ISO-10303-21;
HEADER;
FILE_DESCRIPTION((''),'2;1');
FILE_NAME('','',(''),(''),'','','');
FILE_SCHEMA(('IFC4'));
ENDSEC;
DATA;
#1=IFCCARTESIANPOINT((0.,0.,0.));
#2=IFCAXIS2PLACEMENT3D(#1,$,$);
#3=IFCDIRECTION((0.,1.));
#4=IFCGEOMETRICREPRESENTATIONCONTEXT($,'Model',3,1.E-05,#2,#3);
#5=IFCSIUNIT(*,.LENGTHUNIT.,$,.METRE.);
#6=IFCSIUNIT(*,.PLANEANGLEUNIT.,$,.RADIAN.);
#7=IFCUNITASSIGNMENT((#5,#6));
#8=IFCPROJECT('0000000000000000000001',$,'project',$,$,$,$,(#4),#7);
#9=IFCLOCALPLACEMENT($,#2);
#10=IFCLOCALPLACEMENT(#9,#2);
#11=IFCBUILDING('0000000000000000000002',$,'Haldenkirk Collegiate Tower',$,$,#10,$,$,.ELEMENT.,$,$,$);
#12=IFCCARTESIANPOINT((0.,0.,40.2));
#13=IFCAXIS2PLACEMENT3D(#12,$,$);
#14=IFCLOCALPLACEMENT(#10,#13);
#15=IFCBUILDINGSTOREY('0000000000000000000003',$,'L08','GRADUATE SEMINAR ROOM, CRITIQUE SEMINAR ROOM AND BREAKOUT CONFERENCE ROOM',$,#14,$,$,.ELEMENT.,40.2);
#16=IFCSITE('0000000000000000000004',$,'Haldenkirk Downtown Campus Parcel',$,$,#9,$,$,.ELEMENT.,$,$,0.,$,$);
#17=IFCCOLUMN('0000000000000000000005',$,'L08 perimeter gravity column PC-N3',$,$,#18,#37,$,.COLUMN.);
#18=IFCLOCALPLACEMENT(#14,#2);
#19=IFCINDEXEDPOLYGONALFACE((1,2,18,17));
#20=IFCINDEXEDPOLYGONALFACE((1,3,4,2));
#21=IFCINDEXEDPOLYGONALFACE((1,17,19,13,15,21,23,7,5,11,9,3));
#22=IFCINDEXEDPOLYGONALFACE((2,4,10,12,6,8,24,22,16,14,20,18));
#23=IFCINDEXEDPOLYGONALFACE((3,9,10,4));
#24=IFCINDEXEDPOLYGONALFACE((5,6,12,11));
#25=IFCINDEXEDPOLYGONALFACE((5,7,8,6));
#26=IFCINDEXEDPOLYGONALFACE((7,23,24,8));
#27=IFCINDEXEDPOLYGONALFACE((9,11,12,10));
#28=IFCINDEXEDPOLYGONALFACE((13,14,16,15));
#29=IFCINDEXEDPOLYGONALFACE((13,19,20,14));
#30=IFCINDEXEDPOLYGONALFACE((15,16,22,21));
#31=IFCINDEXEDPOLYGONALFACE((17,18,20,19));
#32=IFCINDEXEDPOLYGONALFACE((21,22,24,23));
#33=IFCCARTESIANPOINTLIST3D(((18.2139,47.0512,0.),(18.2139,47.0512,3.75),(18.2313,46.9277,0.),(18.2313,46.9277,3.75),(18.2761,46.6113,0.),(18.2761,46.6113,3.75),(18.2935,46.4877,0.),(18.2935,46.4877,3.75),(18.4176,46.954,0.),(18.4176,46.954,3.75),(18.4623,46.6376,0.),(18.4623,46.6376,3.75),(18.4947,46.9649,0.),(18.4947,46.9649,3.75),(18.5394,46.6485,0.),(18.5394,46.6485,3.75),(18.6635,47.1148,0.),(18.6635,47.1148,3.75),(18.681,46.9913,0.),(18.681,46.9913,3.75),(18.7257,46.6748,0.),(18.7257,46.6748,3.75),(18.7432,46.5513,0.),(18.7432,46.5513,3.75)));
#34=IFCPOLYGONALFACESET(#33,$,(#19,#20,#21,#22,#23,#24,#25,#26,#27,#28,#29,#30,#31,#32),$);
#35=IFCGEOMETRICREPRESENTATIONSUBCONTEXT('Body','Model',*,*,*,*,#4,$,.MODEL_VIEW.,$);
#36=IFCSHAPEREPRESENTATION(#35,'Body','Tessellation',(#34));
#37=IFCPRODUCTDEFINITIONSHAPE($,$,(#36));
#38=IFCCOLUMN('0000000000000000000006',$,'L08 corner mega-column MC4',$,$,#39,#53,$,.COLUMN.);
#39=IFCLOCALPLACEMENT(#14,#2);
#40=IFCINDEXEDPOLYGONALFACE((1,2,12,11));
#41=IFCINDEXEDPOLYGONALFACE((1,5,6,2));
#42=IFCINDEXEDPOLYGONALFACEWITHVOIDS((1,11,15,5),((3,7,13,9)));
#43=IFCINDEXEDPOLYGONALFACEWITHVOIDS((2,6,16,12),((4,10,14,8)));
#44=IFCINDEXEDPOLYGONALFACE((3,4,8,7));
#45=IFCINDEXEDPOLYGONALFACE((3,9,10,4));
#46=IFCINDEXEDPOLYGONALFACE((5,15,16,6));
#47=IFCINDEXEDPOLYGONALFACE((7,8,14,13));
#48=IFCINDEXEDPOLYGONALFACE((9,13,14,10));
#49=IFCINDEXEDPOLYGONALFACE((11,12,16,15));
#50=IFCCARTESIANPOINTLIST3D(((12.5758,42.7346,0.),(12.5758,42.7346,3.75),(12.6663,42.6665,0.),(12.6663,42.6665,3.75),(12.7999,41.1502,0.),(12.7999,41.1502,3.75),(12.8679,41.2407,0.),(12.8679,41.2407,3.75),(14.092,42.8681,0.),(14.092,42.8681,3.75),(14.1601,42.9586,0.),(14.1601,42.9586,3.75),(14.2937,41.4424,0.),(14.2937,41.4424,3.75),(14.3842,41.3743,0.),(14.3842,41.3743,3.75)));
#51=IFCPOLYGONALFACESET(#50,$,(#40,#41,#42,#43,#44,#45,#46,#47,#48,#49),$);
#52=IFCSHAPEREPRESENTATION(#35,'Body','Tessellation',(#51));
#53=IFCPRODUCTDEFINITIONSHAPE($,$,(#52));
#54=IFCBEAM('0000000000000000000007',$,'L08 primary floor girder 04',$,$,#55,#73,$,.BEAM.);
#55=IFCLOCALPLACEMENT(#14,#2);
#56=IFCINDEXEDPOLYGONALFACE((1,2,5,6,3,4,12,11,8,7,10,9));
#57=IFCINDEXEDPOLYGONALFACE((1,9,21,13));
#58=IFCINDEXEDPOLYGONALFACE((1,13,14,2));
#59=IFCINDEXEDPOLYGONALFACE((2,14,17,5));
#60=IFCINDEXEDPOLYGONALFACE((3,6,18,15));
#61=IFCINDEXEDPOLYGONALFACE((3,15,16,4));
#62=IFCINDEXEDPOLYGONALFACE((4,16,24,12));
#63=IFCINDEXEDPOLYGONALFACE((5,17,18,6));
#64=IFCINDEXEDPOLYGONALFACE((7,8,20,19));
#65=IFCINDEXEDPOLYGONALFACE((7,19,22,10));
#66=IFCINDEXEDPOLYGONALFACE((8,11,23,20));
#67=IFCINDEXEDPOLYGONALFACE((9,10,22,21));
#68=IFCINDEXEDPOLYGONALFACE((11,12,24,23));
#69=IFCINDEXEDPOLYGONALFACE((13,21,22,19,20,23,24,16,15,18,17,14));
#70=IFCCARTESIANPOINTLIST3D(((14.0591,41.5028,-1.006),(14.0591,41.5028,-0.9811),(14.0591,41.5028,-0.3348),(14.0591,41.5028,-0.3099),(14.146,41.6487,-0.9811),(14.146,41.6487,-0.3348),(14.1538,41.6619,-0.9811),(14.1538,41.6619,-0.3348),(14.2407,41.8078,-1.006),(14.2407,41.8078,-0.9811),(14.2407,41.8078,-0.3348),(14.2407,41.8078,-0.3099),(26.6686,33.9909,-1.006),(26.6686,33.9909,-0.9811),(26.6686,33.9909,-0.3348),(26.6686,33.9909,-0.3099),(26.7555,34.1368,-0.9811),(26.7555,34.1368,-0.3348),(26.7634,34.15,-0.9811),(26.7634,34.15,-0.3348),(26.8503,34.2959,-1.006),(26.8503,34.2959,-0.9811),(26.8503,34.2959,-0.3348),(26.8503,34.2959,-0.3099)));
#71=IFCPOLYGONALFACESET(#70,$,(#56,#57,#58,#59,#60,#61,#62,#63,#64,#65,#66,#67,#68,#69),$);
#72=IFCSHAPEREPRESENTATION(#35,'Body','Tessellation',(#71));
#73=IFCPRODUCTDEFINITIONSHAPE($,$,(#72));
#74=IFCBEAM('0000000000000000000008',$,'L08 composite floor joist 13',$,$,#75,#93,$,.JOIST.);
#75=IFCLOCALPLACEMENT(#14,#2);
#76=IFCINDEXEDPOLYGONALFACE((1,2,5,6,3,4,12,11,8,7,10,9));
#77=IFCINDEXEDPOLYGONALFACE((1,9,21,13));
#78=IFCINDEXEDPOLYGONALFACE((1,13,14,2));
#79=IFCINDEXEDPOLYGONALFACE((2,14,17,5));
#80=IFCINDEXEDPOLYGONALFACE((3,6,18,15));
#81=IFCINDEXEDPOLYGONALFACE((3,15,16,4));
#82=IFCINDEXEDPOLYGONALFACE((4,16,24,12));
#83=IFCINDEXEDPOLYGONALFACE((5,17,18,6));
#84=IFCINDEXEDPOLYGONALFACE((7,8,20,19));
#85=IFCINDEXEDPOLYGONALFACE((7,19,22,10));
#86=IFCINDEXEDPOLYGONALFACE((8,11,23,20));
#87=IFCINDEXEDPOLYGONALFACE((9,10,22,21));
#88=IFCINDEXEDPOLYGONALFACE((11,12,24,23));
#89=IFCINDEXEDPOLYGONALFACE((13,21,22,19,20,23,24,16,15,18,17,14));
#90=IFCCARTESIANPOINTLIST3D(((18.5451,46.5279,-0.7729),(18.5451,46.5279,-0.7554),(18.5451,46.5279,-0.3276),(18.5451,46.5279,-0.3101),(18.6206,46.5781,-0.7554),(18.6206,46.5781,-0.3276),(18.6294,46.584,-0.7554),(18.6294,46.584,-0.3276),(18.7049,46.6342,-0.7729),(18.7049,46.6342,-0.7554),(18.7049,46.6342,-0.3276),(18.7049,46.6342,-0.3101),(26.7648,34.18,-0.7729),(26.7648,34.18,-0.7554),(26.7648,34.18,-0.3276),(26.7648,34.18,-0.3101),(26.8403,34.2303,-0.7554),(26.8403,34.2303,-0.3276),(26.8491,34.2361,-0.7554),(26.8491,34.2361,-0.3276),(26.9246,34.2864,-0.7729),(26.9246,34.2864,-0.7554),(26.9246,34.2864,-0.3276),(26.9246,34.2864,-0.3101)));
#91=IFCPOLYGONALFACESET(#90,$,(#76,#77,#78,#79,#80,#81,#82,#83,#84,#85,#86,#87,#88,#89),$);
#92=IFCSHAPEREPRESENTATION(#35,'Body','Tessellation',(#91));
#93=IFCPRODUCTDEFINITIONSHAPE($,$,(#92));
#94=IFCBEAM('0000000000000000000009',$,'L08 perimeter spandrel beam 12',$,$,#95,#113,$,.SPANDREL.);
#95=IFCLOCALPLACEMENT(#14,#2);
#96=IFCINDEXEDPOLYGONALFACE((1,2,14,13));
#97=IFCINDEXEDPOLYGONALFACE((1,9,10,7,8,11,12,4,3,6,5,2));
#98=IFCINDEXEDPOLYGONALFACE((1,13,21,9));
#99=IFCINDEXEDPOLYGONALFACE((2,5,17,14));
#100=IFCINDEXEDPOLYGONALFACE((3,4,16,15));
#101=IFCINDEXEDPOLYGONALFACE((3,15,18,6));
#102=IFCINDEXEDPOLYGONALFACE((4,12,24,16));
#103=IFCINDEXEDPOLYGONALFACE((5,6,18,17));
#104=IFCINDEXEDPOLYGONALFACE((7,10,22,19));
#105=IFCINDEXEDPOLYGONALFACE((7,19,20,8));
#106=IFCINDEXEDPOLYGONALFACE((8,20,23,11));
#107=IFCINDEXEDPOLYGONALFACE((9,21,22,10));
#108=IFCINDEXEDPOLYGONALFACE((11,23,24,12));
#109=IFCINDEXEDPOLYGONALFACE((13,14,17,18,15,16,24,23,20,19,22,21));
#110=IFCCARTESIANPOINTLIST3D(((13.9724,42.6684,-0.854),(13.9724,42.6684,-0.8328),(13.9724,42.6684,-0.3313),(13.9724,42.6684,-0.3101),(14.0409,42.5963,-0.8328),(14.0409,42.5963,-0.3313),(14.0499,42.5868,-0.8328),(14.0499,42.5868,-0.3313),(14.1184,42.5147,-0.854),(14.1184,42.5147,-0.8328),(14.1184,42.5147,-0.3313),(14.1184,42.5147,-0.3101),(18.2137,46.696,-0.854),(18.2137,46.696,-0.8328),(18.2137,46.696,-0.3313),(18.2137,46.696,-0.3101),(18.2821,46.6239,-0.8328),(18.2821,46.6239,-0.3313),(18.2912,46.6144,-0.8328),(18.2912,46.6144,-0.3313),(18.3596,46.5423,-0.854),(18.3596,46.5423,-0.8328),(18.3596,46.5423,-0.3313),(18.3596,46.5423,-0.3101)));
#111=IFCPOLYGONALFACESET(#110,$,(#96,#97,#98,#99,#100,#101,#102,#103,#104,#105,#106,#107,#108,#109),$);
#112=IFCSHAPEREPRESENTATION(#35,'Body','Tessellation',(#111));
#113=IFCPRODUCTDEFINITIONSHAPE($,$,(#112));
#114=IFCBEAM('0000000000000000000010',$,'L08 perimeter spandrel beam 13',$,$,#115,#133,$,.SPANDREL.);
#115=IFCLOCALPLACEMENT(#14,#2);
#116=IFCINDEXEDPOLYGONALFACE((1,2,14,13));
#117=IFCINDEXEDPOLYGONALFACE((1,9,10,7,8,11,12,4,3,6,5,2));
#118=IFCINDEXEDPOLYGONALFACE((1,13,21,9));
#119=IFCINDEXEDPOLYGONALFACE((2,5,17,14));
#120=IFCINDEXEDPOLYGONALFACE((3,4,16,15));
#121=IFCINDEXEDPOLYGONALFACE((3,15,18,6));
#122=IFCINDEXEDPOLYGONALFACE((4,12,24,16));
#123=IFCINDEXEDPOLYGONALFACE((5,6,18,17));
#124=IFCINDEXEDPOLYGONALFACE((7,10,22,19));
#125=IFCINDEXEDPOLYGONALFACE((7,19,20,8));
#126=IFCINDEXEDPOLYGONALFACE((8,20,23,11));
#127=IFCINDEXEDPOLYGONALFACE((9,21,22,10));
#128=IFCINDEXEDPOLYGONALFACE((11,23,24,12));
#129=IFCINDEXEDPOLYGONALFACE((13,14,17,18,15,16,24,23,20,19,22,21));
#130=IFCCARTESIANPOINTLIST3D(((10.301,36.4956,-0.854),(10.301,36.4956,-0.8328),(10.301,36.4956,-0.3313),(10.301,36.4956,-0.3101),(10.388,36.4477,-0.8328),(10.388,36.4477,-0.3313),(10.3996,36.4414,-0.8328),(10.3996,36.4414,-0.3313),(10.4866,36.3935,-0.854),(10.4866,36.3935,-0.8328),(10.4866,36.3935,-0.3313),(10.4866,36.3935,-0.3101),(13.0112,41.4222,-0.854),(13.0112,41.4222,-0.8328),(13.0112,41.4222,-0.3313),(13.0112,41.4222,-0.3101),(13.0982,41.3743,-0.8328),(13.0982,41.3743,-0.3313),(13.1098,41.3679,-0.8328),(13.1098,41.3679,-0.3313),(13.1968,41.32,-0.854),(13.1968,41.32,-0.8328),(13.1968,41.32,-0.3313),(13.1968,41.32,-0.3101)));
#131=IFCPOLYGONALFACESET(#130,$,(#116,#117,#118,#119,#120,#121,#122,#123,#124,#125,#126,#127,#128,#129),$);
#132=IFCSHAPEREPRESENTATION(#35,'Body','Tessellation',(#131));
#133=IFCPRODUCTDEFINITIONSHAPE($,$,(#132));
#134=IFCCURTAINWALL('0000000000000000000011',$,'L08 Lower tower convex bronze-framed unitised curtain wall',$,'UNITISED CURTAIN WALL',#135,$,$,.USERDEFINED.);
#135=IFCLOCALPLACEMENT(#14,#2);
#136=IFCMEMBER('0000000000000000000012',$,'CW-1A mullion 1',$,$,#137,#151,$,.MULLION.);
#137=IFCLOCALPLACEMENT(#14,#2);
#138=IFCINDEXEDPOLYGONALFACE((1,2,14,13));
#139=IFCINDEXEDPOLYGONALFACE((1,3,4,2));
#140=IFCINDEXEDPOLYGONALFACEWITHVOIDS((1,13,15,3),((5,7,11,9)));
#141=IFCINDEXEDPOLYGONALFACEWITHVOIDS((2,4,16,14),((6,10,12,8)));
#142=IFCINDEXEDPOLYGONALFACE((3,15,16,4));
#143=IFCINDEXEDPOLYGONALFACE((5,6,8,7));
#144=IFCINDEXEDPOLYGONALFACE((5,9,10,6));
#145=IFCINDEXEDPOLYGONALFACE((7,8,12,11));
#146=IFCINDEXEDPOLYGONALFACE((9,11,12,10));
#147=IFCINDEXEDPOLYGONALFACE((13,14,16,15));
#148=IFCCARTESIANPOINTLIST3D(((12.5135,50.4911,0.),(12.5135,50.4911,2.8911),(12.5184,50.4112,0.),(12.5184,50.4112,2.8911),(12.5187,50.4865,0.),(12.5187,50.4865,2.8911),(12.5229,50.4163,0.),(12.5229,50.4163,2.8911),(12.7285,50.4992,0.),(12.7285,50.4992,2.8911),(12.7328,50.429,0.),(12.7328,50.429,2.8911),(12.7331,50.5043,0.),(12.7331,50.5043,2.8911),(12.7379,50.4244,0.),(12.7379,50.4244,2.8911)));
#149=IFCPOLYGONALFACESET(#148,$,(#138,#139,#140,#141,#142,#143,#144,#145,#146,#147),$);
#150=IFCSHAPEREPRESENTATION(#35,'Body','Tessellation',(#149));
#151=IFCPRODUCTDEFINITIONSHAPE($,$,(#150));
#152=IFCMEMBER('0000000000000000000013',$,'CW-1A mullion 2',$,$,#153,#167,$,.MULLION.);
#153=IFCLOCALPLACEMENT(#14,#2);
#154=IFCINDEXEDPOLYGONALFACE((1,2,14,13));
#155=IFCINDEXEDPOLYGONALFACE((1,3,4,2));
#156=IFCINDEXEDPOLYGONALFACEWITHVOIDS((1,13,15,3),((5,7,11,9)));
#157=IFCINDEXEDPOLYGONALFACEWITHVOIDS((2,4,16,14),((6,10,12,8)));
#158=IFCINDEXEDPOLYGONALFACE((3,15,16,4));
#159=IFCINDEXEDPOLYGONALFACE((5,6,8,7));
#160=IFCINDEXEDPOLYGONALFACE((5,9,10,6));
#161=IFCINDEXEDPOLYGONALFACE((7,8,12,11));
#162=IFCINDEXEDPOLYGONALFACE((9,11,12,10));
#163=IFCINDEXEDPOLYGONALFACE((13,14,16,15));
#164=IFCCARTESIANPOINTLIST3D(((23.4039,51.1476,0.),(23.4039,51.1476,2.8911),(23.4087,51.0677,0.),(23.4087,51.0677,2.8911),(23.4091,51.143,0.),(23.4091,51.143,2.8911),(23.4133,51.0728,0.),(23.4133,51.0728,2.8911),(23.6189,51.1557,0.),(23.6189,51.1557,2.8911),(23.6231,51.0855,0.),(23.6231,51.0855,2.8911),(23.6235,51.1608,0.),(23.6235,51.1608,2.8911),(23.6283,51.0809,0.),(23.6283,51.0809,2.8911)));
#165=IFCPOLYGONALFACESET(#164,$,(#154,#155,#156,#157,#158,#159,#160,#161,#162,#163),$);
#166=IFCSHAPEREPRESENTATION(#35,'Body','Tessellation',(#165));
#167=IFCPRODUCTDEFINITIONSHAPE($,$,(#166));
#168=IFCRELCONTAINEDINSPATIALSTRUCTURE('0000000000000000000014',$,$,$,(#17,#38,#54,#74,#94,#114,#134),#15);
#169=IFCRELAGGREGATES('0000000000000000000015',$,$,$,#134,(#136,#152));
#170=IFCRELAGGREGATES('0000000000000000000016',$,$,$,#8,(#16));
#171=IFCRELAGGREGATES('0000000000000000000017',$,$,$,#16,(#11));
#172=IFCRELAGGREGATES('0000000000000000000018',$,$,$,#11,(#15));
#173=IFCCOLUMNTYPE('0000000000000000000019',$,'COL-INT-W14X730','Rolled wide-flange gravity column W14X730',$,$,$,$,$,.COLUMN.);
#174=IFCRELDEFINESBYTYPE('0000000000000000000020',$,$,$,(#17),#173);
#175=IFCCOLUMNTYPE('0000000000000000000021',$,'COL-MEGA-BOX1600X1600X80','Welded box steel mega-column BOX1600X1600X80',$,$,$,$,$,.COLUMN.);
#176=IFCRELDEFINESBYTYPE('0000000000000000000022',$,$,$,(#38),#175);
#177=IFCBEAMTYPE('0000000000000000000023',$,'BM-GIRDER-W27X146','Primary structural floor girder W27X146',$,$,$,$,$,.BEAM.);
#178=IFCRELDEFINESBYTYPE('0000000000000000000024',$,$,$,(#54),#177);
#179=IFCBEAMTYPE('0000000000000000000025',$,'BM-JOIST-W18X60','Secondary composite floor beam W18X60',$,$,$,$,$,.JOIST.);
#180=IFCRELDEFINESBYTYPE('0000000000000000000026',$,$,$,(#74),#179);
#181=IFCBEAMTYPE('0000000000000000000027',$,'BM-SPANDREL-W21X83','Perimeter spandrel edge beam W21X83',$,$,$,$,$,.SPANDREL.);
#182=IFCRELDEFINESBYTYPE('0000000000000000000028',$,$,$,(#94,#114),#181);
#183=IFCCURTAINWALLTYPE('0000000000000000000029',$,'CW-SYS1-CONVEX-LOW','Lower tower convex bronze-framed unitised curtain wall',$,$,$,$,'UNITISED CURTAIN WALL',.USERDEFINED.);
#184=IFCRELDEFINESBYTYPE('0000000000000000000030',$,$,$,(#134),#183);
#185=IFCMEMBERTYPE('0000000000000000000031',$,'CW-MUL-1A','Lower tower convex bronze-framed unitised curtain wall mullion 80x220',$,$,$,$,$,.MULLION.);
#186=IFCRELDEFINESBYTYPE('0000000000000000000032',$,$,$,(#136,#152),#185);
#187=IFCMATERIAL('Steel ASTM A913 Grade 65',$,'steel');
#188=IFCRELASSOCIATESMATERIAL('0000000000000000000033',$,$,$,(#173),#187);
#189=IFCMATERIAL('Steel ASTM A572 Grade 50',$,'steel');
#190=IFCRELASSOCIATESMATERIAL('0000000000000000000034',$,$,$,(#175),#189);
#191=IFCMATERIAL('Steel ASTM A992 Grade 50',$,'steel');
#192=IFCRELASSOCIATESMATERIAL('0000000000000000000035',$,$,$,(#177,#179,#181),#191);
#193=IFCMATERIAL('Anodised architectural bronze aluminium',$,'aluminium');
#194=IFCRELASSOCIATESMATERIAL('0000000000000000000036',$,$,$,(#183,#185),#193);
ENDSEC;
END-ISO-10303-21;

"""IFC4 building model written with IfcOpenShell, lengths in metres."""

from ifc_helpers import new_model, si_unit, direction, frame, origin, origin_2d, place, context, subcontext, project, spatial, hollow_rectangle, i_section, extrude, material, material_profile, profile_set, type_object, element, aggregate, save


model = new_model("IFC4")

# Units and contexts
model_context = context("Model", 3, precision=1e-05, world=origin(), true_north=direction((0.0, 1.0)))
body_context = subcontext(model_context, "Body", "Model", "MODEL_VIEW")
ifc_project = project(units=[si_unit("LENGTHUNIT", "METRE"), si_unit("PLANEANGLEUNIT", "RADIAN")], contexts=[model_context])

# Site, building, storey
site_placement = place(None, origin())
site = spatial("IfcSite", under=ifc_project, at=site_placement, Name="Haldenkirk Downtown Campus Parcel", CompositionType="ELEMENT", RefElevation=0.0)
building_placement = place(site_placement, origin())
building = spatial("IfcBuilding", under=site, at=building_placement, Name="Haldenkirk Collegiate Tower", CompositionType="ELEMENT")
storey_placement = place(building_placement, frame((0.0, 0.0, 40.2)))
storey = spatial("IfcBuildingStorey", under=building, at=storey_placement, Name="L08", Description="GRADUATE SEMINAR ROOM, CRITIQUE SEMINAR ROOM AND BREAKOUT CONFERENCE ROOM", CompositionType="ELEMENT", Elevation=40.2)

# Columns
ifc_material_1 = material(Name="Steel ASTM A913 Grade 65", Category="steel")
ifc_material_profile_1 = material_profile(ifc_material_1, i_section(OverallWidth=0.4541, OverallDepth=0.5691, WebThickness=0.0779, FlangeThickness=0.1248, at=origin_2d()), Name="W14X730")
ifc_profile_set_1 = profile_set([ifc_material_profile_1], Name="Steel ASTM A913 Grade 65")
column_type_1 = type_object("IfcColumnType", Name="COL-INT-W14X730", Description="Rolled wide-flange gravity column W14X730", PredefinedType="COLUMN", material=ifc_profile_set_1)
column_1_placement = place(storey_placement, frame((18.4785, 46.8013, 0.0), z_axis=(0.0, 0.0, 1.0), x_axis=(0.990146, 0.140037, 0.0)))
element("IfcColumn", 1, at=column_1_placement, inside=storey, type_object=column_type_1, Name="L08 perimeter gravity column PC-N3", PredefinedType="COLUMN", context=body_context, shape_type="SweptSolid", body=[
    extrude(i_section(OverallWidth=0.4541, OverallDepth=0.5691, WebThickness=0.0779, FlangeThickness=0.1248, at=origin_2d()), origin(), (0.0, 0.0, 1.0), 3.75),
])
ifc_material_2 = material(Name="Steel ASTM A572 Grade 50", Category="steel")
ifc_material_profile_2 = material_profile(ifc_material_2, hollow_rectangle(XDim=1.6001, YDim=1.6001, WallThickness=0.0801, at=origin_2d()), Name="BOX1600X1600X80")
ifc_profile_set_2 = profile_set([ifc_material_profile_2], Name="Steel ASTM A572 Grade 50")
column_type_2 = type_object("IfcColumnType", Name="COL-MEGA-BOX1600X1600X80", Description="Welded box steel mega-column BOX1600X1600X80", PredefinedType="COLUMN", material=ifc_profile_set_2)
column_2_placement = place(storey_placement, frame((13.48, 42.0544, 0.0), z_axis=(0.0, 0.0, 1.0), x_axis=(0.990146, 0.140037, 0.0)))
element("IfcColumn", 2, at=column_2_placement, inside=storey, type_object=column_type_2, Name="L08 corner mega-column MC4", PredefinedType="COLUMN", context=body_context, shape_type="SweptSolid", body=[
    extrude(hollow_rectangle(XDim=1.6001, YDim=1.6001, WallThickness=0.0801, at=origin_2d()), origin(), (0.0, 0.0, 1.0), 3.75),
])

# Beams
ifc_material_3 = material(Name="Steel ASTM A992 Grade 50", Category="steel")
ifc_material_profile_3 = material_profile(ifc_material_3, i_section(OverallWidth=0.355, OverallDepth=0.696, WebThickness=0.0154, FlangeThickness=0.0249, at=origin_2d()), Name="W27X146")
ifc_profile_set_3 = profile_set([ifc_material_profile_3], Name="Steel ASTM A992 Grade 50")
beam_type_1 = type_object("IfcBeamType", Name="BM-GIRDER-W27X146", Description="Primary structural floor girder W27X146", PredefinedType="BEAM", material=ifc_profile_set_3)
beam_1_placement = place(storey_placement, frame((14.1499, 41.6553, -0.658), z_axis=(0.859106, -0.511798, 0.0), x_axis=(0.511798, 0.859106, 0.0)))
element("IfcBeam", 3, at=beam_1_placement, inside=storey, type_object=beam_type_1, Name="L08 primary floor girder 04", PredefinedType="BEAM", context=body_context, shape_type="SweptSolid", body=[
    extrude(i_section(OverallWidth=0.355, OverallDepth=0.696, WebThickness=0.0154, FlangeThickness=0.0249, at=origin_2d()), origin(), (0.0, 0.0, 1.0), 14.6775),
])
ifc_material_profile_4 = material_profile(ifc_material_3, i_section(OverallWidth=0.1919, OverallDepth=0.4629, WebThickness=0.0105, FlangeThickness=0.0176, at=origin_2d()), Name="W18X60")
ifc_profile_set_4 = profile_set([ifc_material_profile_4], Name="Steel ASTM A992 Grade 50")
beam_type_2 = type_object("IfcBeamType", Name="BM-JOIST-W18X60", Description="Secondary composite floor beam W18X60", PredefinedType="JOIST", material=ifc_profile_set_4)
beam_2_placement = place(storey_placement, frame((18.625, 46.5811, -0.5415), z_axis=(0.55413, -0.83243, 0.0), x_axis=(0.83243, 0.55413, 0.0)))
element("IfcBeam", 4, at=beam_2_placement, inside=storey, type_object=beam_type_2, Name="L08 composite floor joist 13", PredefinedType="JOIST", context=body_context, shape_type="SweptSolid", body=[
    extrude(i_section(OverallWidth=0.1919, OverallDepth=0.4629, WebThickness=0.0105, FlangeThickness=0.0176, at=origin_2d()), origin(), (0.0, 0.0, 1.0), 14.8335),
])
ifc_material_profile_5 = material_profile(ifc_material_3, i_section(OverallWidth=0.2119, OverallDepth=0.5439, WebThickness=0.0132, FlangeThickness=0.0212, at=origin_2d()), Name="W21X83")
ifc_profile_set_5 = profile_set([ifc_material_profile_5], Name="Steel ASTM A992 Grade 50")
beam_type_3 = type_object("IfcBeamType", Name="BM-SPANDREL-W21X83", Description="Perimeter spandrel edge beam W21X83", PredefinedType="SPANDREL", material=ifc_profile_set_5)
beam_3_placement = place(storey_placement, frame((18.2866, 46.6191, -0.582), z_axis=(-0.725133, -0.688609, 0.0), x_axis=(0.688609, -0.725133, 0.0)))
element("IfcBeam", 5, at=beam_3_placement, inside=storey, type_object=beam_type_3, Name="L08 perimeter spandrel beam 12", PredefinedType="SPANDREL", context=body_context, shape_type="SweptSolid", body=[
    extrude(i_section(OverallWidth=0.2119, OverallDepth=0.5439, WebThickness=0.0132, FlangeThickness=0.0212, at=origin_2d()), origin(), (0.0, 0.0, 1.0), 5.8489),
])
beam_4_placement = place(storey_placement, frame((13.104, 41.3711, -0.582), z_axis=(-0.482004, -0.876169, 0.0), x_axis=(0.876169, -0.482004, 0.0)))
element("IfcBeam", 6, at=beam_4_placement, inside=storey, type_object=beam_type_3, Name="L08 perimeter spandrel beam 13", PredefinedType="SPANDREL", context=body_context, shape_type="SweptSolid", body=[
    extrude(i_section(OverallWidth=0.2119, OverallDepth=0.5439, WebThickness=0.0132, FlangeThickness=0.0212, at=origin_2d()), origin(), (0.0, 0.0, 1.0), 5.6228),
])

# Curtain wall, members
ifc_material_4 = material(Name="Anodised architectural bronze aluminium", Category="aluminium")
curtain_wall_type = type_object("IfcCurtainWallType", Name="CW-SYS1-CONVEX-LOW", Description="Lower tower convex bronze-framed unitised curtain wall", ElementType="UNITISED CURTAIN WALL", PredefinedType="USERDEFINED", material=ifc_material_4)
curtain_wall_placement = place(storey_placement, origin())
curtain_wall = element("IfcCurtainWall", 7, at=curtain_wall_placement, inside=storey, type_object=curtain_wall_type, Name="L08 Lower tower convex bronze-framed unitised curtain wall", ObjectType="UNITISED CURTAIN WALL", PredefinedType="USERDEFINED")
ifc_material_profile_6 = material_profile(ifc_material_4, hollow_rectangle(XDim=0.0801, YDim=0.22, WallThickness=0.0049, at=origin_2d()), Name="CW-MUL-1A")
ifc_profile_set_6 = profile_set([ifc_material_profile_6], Name="Anodised architectural bronze aluminium")
member_type_1 = type_object("IfcMemberType", Name="CW-MUL-1A", Description="Lower tower convex bronze-framed unitised curtain wall mullion 80x220", PredefinedType="MULLION", material=ifc_profile_set_6)
member_1_placement = place(storey_placement, frame((12.6257, 50.4578, 0.0), z_axis=(0.0, 0.0, 1.0), x_axis=(-0.060176, 0.998188, 0.0)))
member_1 = element("IfcMember", 8, at=member_1_placement, type_object=member_type_1, Name="CW-1A mullion 1", PredefinedType="MULLION", context=body_context, shape_type="SweptSolid", body=[
    extrude(hollow_rectangle(XDim=0.0801, YDim=0.22, WallThickness=0.0049, at=origin_2d()), origin(), (0.0, 0.0, 1.0), 2.8911),
])
member_2_placement = place(storey_placement, frame((23.5161, 51.1143, 0.0), z_axis=(0.0, 0.0, 1.0), x_axis=(-0.060176, 0.998188, 0.0)))
member_2 = element("IfcMember", 9, at=member_2_placement, type_object=member_type_1, Name="CW-1A mullion 2", PredefinedType="MULLION", context=body_context, shape_type="SweptSolid", body=[
    extrude(hollow_rectangle(XDim=0.0801, YDim=0.22, WallThickness=0.0049, at=origin_2d()), origin(), (0.0, 0.0, 1.0), 2.8911),
])
aggregate(curtain_wall, [member_1, member_2])

save(model, "model.ifc")
